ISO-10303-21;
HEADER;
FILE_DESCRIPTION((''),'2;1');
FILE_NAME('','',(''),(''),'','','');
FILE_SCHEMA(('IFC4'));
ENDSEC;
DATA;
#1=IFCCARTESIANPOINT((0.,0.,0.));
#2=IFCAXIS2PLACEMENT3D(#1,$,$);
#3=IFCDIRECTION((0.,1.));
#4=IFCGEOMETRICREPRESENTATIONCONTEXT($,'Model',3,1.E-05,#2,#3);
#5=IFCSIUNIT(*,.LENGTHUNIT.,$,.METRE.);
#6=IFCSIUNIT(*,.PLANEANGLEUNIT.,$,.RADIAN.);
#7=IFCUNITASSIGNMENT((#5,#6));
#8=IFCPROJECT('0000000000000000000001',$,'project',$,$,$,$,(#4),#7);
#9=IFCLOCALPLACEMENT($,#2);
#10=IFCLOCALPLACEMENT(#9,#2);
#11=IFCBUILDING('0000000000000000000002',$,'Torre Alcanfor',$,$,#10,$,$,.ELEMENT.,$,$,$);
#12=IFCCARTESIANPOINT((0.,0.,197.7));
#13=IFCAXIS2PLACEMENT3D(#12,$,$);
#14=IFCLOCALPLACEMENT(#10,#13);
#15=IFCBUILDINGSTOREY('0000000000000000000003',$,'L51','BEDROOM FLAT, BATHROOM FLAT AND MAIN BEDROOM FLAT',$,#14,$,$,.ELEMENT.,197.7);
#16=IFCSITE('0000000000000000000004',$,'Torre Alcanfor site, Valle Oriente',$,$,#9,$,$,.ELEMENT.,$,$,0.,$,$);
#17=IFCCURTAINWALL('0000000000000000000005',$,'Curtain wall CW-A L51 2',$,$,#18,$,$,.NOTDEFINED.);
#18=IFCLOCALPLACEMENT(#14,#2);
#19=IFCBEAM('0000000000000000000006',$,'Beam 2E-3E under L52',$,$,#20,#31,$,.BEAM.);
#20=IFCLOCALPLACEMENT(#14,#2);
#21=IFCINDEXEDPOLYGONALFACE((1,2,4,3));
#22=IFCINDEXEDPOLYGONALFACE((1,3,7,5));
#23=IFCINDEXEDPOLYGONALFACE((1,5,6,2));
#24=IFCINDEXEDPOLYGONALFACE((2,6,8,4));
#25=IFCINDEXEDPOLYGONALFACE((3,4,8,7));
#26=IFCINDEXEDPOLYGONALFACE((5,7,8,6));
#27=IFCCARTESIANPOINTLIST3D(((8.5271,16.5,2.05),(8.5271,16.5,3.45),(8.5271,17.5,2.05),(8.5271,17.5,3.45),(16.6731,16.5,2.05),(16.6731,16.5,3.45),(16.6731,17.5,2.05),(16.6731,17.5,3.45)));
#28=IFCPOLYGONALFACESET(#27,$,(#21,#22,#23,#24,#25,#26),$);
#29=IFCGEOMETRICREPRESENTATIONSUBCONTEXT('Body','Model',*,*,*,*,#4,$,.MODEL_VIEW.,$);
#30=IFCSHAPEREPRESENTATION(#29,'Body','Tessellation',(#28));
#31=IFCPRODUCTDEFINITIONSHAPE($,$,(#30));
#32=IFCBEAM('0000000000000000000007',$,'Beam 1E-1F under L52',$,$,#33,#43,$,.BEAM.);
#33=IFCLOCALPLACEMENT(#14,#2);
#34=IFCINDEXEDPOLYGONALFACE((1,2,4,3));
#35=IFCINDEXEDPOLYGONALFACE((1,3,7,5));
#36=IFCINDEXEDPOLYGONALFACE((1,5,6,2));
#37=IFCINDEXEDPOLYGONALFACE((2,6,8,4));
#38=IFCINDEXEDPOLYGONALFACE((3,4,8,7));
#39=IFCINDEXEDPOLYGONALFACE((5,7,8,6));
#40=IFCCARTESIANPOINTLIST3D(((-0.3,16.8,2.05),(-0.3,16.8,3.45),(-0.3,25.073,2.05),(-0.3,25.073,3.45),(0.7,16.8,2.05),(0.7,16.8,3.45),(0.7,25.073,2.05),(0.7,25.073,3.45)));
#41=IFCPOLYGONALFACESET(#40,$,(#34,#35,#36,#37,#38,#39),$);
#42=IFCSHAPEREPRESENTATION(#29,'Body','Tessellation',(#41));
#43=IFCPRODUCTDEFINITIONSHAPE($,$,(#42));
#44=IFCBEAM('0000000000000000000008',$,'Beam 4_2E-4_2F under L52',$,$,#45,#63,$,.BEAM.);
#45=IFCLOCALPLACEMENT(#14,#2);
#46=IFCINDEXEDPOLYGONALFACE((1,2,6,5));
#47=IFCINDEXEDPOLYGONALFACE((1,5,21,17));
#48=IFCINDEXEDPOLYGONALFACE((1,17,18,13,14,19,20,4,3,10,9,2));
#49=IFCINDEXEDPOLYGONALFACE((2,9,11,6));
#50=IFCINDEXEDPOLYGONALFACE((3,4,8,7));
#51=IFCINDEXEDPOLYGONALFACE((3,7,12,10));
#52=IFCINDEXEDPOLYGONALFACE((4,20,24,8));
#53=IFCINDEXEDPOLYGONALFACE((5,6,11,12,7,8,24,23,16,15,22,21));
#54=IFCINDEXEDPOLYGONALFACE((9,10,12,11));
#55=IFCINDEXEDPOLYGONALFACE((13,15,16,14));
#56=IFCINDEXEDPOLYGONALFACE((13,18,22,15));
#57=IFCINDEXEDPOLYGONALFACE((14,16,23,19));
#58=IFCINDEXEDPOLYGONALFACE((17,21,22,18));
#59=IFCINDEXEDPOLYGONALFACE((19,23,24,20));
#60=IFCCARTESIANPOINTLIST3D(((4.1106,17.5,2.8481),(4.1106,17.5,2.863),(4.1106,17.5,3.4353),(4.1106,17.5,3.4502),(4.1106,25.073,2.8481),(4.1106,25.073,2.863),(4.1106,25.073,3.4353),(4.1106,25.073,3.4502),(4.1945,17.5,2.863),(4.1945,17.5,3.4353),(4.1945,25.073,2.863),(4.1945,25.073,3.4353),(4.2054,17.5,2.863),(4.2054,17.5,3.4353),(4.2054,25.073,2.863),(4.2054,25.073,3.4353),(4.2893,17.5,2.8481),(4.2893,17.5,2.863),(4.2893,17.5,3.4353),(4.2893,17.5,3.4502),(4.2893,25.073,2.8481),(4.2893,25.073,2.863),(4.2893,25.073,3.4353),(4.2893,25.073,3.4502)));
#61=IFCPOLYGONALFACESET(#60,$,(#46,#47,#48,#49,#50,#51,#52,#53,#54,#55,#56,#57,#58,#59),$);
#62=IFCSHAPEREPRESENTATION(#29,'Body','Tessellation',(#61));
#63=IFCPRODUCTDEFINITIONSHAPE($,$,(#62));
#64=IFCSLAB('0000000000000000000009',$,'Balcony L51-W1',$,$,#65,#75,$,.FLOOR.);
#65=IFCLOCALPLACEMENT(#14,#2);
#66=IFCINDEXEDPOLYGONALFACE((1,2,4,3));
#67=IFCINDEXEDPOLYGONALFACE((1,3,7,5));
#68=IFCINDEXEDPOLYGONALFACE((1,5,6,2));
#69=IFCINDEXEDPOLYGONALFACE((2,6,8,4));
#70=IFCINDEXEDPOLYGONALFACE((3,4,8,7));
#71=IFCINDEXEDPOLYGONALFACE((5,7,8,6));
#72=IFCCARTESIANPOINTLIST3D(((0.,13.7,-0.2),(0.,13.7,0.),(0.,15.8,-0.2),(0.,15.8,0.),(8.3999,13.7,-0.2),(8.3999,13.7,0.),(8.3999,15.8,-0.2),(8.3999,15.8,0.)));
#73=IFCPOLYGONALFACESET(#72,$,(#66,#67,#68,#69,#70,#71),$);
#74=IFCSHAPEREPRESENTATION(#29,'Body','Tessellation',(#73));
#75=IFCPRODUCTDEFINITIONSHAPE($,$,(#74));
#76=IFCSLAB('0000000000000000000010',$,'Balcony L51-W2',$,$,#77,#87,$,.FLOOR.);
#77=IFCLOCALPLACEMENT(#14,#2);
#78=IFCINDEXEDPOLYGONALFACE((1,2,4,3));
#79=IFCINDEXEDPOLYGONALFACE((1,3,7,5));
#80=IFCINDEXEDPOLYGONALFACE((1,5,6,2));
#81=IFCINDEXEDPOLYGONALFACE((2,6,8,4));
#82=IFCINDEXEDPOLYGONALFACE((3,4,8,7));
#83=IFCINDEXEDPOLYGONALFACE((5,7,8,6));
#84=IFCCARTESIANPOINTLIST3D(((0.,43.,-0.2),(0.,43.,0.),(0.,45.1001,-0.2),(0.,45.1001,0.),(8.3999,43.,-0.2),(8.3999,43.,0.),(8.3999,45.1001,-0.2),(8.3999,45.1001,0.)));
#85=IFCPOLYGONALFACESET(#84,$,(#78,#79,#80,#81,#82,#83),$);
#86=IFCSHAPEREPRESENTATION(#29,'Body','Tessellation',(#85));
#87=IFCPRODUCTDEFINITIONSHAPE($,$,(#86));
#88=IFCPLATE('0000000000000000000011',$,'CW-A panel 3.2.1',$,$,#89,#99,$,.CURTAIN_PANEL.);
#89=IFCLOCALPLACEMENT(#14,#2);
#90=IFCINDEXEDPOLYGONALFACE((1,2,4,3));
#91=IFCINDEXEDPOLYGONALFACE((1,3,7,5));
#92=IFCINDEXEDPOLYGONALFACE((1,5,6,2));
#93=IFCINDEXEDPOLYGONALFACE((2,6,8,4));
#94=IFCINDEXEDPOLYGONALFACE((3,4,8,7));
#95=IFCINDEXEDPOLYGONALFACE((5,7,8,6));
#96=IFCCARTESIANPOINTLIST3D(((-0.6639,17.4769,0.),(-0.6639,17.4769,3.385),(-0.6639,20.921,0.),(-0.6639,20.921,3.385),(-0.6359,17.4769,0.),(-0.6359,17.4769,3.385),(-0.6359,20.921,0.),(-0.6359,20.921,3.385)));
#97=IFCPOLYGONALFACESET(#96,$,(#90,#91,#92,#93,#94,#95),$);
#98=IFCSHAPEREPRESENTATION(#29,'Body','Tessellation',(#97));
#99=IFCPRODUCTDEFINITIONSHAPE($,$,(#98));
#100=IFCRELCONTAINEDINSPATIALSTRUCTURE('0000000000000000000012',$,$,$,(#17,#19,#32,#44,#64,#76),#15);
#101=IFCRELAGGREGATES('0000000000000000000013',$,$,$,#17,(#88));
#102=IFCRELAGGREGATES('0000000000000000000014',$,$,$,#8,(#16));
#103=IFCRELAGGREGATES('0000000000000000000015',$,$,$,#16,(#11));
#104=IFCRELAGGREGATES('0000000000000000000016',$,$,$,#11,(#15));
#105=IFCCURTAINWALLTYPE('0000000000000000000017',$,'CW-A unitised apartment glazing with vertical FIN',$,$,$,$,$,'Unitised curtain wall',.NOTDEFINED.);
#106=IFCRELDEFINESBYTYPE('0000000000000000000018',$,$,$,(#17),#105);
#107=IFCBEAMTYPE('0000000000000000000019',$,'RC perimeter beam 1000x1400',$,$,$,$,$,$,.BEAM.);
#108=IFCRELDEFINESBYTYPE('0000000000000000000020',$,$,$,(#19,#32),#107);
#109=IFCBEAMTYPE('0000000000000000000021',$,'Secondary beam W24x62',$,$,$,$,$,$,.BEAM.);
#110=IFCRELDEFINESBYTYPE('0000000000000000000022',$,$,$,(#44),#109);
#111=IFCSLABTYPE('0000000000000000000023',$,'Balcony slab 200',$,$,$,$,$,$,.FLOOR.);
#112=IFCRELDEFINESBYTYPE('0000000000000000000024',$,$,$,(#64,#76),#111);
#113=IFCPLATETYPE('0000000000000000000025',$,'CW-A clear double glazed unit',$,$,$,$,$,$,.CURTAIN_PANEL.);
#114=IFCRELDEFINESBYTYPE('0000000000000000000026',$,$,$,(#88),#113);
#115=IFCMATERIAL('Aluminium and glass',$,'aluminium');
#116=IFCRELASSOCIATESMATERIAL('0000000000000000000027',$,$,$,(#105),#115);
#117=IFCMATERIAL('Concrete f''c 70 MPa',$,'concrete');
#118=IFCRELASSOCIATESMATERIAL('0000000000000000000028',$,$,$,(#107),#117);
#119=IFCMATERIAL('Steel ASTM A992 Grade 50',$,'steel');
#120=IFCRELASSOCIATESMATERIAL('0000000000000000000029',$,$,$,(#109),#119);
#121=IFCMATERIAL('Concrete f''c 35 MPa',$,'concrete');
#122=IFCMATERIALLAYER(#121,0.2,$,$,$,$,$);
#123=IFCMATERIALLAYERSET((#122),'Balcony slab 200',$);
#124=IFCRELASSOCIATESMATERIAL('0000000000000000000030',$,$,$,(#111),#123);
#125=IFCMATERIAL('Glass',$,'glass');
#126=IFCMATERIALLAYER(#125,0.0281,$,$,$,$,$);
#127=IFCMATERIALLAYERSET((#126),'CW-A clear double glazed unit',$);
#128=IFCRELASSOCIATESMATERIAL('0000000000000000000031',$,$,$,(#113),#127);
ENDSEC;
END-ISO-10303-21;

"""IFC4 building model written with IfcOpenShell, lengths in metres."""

from ifc_helpers import new_model, si_unit, direction, frame, origin, origin_2d, place, context, subcontext, project, spatial, polyline, rectangle, i_section, outline, extrude, material, layer, layer_set, material_profile, profile_set, type_object, element, aggregate, save


model = new_model("IFC4")

# Units and contexts
model_context = context("Model", 3, precision=1e-05, world=origin(), true_north=direction((0.0, 1.0)))
body_context = subcontext(model_context, "Body", "Model", "MODEL_VIEW")
ifc_project = project(units=[si_unit("LENGTHUNIT", "METRE"), si_unit("PLANEANGLEUNIT", "RADIAN")], contexts=[model_context])

# Site, building, storey
site_placement = place(None, origin())
site = spatial("IfcSite", under=ifc_project, at=site_placement, Name="Torre Alcanfor site, Valle Oriente", CompositionType="ELEMENT", RefElevation=0.0)
building_placement = place(site_placement, origin())
building = spatial("IfcBuilding", under=site, at=building_placement, Name="Torre Alcanfor", CompositionType="ELEMENT")
storey_placement = place(building_placement, frame((0.0, 0.0, 197.7)))
storey = spatial("IfcBuildingStorey", under=building, at=storey_placement, Name="L51", Description="BEDROOM FLAT, BATHROOM FLAT AND MAIN BEDROOM FLAT", CompositionType="ELEMENT", Elevation=197.7)

# Curtain wall
ifc_material_1 = material(Name="Aluminium and glass", Category="aluminium")
curtain_wall_type = type_object("IfcCurtainWallType", Name="CW-A unitised apartment glazing with vertical FIN", ElementType="Unitised curtain wall", PredefinedType="NOTDEFINED", material=ifc_material_1)
curtain_wall_placement = place(storey_placement, origin())
curtain_wall = element("IfcCurtainWall", 1, at=curtain_wall_placement, inside=storey, type_object=curtain_wall_type, Name="Curtain wall CW-A L51 2", PredefinedType="NOTDEFINED")

# Beams
ifc_material_2 = material(Name="Concrete f'c 70 MPa", Category="concrete")
ifc_material_profile_1 = material_profile(ifc_material_2, rectangle(XDim=1.0, YDim=1.3999, at=origin_2d()), Name="1000x1400")
ifc_profile_set_1 = profile_set([ifc_material_profile_1], Name="Concrete f'c 70 MPa")
beam_type_1 = type_object("IfcBeamType", Name="RC perimeter beam 1000x1400", PredefinedType="BEAM", material=ifc_profile_set_1)
beam_1_placement = place(storey_placement, frame((8.5271, 17.0, 2.75), z_axis=(1.0, 0.0, 0.0), x_axis=(0.0, 1.0, 0.0)))
element("IfcBeam", 2, at=beam_1_placement, inside=storey, type_object=beam_type_1, Name="Beam 2E-3E under L52", PredefinedType="BEAM", context=body_context, shape_type="SweptSolid", body=[
    extrude(rectangle(XDim=1.0, YDim=1.3999, at=origin_2d()), origin(), (0.0, 0.0, 1.0), 8.146),
])
beam_2_placement = place(storey_placement, frame((0.2, 16.8, 2.75), z_axis=(0.0, 1.0, 0.0), x_axis=(-1.0, 0.0, 0.0)))
element("IfcBeam", 3, at=beam_2_placement, inside=storey, type_object=beam_type_1, Name="Beam 1E-1F under L52", PredefinedType="BEAM", context=body_context, shape_type="SweptSolid", body=[
    extrude(rectangle(XDim=1.0, YDim=1.3999, at=origin_2d()), origin(), (0.0, 0.0, 1.0), 8.2729),
])
ifc_material_3 = material(Name="Steel ASTM A992 Grade 50", Category="steel")
ifc_material_profile_2 = material_profile(ifc_material_3, i_section(OverallWidth=0.1787, OverallDepth=0.6021, WebThickness=0.011, FlangeThickness=0.0149, at=origin_2d()), Name="W24x62")
ifc_profile_set_2 = profile_set([ifc_material_profile_2], Name="Steel ASTM A992 Grade 50")
beam_type_2 = type_object("IfcBeamType", Name="Secondary beam W24x62", PredefinedType="BEAM", material=ifc_profile_set_2)
beam_3_placement = place(storey_placement, frame((4.2, 17.5, 3.1492), z_axis=(0.0, 1.0, 0.0), x_axis=(-1.0, 0.0, 0.0)))
element("IfcBeam", 4, at=beam_3_placement, inside=storey, type_object=beam_type_2, Name="Beam 4_2E-4_2F under L52", PredefinedType="BEAM", context=body_context, shape_type="SweptSolid", body=[
    extrude(i_section(OverallWidth=0.1787, OverallDepth=0.6021, WebThickness=0.011, FlangeThickness=0.0149, at=origin_2d()), origin(), (0.0, 0.0, 1.0), 7.573),
])

# Slabs
ifc_material_4 = material(Name="Concrete f'c 35 MPa", Category="concrete")
ifc_layer_1 = layer(ifc_material_4, 0.2)
ifc_layer_set_1 = layer_set([ifc_layer_1], Name="Balcony slab 200")
slab_type_1 = type_object("IfcSlabType", Name="Balcony slab 200", PredefinedType="FLOOR", material=ifc_layer_set_1)
slab_1_placement = place(storey_placement, frame((0.0, 0.0, -0.2)))
element("IfcSlab", 5, at=slab_1_placement, inside=storey, type_object=slab_type_1, Name="Balcony L51-W1", PredefinedType="FLOOR", context=body_context, shape_type="SweptSolid", body=[
    extrude(outline(polyline([(8.3999, 15.8), (0.0, 15.8), (0.0, 13.7), (8.3999, 13.7), (8.3999, 15.8)])), origin(), (0.0, 0.0, 1.0), 0.2),
])
slab_2_placement = place(storey_placement, frame((0.0, 0.0, -0.2)))
element("IfcSlab", 6, at=slab_2_placement, inside=storey, type_object=slab_type_1, Name="Balcony L51-W2", PredefinedType="FLOOR", context=body_context, shape_type="SweptSolid", body=[
    extrude(outline(polyline([(8.3999, 45.1001), (0.0, 45.1001), (0.0, 43.0), (8.3999, 43.0), (8.3999, 45.1001)])), origin(), (0.0, 0.0, 1.0), 0.2),
])

# Plate
ifc_material_5 = material(Name="Glass", Category="glass")
ifc_layer_2 = layer(ifc_material_5, 0.0281)
ifc_layer_set_2 = layer_set([ifc_layer_2], Name="CW-A clear double glazed unit")
plate_type = type_object("IfcPlateType", Name="CW-A clear double glazed unit", PredefinedType="CURTAIN_PANEL", material=ifc_layer_set_2)
plate_placement = place(storey_placement, frame((-0.6499, 19.199, 0.0), z_axis=(0.0, 0.0, 1.0), x_axis=(0.0, -1.0, 0.0)))
plate = element("IfcPlate", 7, at=plate_placement, type_object=plate_type, Name="CW-A panel 3.2.1", PredefinedType="CURTAIN_PANEL", context=body_context, shape_type="SweptSolid", body=[
    extrude(rectangle(XDim=3.4441, YDim=0.0281, at=origin_2d()), origin(), (0.0, 0.0, 1.0), 3.385),
])
aggregate(curtain_wall, [plate])

save(model, "model.ifc")
